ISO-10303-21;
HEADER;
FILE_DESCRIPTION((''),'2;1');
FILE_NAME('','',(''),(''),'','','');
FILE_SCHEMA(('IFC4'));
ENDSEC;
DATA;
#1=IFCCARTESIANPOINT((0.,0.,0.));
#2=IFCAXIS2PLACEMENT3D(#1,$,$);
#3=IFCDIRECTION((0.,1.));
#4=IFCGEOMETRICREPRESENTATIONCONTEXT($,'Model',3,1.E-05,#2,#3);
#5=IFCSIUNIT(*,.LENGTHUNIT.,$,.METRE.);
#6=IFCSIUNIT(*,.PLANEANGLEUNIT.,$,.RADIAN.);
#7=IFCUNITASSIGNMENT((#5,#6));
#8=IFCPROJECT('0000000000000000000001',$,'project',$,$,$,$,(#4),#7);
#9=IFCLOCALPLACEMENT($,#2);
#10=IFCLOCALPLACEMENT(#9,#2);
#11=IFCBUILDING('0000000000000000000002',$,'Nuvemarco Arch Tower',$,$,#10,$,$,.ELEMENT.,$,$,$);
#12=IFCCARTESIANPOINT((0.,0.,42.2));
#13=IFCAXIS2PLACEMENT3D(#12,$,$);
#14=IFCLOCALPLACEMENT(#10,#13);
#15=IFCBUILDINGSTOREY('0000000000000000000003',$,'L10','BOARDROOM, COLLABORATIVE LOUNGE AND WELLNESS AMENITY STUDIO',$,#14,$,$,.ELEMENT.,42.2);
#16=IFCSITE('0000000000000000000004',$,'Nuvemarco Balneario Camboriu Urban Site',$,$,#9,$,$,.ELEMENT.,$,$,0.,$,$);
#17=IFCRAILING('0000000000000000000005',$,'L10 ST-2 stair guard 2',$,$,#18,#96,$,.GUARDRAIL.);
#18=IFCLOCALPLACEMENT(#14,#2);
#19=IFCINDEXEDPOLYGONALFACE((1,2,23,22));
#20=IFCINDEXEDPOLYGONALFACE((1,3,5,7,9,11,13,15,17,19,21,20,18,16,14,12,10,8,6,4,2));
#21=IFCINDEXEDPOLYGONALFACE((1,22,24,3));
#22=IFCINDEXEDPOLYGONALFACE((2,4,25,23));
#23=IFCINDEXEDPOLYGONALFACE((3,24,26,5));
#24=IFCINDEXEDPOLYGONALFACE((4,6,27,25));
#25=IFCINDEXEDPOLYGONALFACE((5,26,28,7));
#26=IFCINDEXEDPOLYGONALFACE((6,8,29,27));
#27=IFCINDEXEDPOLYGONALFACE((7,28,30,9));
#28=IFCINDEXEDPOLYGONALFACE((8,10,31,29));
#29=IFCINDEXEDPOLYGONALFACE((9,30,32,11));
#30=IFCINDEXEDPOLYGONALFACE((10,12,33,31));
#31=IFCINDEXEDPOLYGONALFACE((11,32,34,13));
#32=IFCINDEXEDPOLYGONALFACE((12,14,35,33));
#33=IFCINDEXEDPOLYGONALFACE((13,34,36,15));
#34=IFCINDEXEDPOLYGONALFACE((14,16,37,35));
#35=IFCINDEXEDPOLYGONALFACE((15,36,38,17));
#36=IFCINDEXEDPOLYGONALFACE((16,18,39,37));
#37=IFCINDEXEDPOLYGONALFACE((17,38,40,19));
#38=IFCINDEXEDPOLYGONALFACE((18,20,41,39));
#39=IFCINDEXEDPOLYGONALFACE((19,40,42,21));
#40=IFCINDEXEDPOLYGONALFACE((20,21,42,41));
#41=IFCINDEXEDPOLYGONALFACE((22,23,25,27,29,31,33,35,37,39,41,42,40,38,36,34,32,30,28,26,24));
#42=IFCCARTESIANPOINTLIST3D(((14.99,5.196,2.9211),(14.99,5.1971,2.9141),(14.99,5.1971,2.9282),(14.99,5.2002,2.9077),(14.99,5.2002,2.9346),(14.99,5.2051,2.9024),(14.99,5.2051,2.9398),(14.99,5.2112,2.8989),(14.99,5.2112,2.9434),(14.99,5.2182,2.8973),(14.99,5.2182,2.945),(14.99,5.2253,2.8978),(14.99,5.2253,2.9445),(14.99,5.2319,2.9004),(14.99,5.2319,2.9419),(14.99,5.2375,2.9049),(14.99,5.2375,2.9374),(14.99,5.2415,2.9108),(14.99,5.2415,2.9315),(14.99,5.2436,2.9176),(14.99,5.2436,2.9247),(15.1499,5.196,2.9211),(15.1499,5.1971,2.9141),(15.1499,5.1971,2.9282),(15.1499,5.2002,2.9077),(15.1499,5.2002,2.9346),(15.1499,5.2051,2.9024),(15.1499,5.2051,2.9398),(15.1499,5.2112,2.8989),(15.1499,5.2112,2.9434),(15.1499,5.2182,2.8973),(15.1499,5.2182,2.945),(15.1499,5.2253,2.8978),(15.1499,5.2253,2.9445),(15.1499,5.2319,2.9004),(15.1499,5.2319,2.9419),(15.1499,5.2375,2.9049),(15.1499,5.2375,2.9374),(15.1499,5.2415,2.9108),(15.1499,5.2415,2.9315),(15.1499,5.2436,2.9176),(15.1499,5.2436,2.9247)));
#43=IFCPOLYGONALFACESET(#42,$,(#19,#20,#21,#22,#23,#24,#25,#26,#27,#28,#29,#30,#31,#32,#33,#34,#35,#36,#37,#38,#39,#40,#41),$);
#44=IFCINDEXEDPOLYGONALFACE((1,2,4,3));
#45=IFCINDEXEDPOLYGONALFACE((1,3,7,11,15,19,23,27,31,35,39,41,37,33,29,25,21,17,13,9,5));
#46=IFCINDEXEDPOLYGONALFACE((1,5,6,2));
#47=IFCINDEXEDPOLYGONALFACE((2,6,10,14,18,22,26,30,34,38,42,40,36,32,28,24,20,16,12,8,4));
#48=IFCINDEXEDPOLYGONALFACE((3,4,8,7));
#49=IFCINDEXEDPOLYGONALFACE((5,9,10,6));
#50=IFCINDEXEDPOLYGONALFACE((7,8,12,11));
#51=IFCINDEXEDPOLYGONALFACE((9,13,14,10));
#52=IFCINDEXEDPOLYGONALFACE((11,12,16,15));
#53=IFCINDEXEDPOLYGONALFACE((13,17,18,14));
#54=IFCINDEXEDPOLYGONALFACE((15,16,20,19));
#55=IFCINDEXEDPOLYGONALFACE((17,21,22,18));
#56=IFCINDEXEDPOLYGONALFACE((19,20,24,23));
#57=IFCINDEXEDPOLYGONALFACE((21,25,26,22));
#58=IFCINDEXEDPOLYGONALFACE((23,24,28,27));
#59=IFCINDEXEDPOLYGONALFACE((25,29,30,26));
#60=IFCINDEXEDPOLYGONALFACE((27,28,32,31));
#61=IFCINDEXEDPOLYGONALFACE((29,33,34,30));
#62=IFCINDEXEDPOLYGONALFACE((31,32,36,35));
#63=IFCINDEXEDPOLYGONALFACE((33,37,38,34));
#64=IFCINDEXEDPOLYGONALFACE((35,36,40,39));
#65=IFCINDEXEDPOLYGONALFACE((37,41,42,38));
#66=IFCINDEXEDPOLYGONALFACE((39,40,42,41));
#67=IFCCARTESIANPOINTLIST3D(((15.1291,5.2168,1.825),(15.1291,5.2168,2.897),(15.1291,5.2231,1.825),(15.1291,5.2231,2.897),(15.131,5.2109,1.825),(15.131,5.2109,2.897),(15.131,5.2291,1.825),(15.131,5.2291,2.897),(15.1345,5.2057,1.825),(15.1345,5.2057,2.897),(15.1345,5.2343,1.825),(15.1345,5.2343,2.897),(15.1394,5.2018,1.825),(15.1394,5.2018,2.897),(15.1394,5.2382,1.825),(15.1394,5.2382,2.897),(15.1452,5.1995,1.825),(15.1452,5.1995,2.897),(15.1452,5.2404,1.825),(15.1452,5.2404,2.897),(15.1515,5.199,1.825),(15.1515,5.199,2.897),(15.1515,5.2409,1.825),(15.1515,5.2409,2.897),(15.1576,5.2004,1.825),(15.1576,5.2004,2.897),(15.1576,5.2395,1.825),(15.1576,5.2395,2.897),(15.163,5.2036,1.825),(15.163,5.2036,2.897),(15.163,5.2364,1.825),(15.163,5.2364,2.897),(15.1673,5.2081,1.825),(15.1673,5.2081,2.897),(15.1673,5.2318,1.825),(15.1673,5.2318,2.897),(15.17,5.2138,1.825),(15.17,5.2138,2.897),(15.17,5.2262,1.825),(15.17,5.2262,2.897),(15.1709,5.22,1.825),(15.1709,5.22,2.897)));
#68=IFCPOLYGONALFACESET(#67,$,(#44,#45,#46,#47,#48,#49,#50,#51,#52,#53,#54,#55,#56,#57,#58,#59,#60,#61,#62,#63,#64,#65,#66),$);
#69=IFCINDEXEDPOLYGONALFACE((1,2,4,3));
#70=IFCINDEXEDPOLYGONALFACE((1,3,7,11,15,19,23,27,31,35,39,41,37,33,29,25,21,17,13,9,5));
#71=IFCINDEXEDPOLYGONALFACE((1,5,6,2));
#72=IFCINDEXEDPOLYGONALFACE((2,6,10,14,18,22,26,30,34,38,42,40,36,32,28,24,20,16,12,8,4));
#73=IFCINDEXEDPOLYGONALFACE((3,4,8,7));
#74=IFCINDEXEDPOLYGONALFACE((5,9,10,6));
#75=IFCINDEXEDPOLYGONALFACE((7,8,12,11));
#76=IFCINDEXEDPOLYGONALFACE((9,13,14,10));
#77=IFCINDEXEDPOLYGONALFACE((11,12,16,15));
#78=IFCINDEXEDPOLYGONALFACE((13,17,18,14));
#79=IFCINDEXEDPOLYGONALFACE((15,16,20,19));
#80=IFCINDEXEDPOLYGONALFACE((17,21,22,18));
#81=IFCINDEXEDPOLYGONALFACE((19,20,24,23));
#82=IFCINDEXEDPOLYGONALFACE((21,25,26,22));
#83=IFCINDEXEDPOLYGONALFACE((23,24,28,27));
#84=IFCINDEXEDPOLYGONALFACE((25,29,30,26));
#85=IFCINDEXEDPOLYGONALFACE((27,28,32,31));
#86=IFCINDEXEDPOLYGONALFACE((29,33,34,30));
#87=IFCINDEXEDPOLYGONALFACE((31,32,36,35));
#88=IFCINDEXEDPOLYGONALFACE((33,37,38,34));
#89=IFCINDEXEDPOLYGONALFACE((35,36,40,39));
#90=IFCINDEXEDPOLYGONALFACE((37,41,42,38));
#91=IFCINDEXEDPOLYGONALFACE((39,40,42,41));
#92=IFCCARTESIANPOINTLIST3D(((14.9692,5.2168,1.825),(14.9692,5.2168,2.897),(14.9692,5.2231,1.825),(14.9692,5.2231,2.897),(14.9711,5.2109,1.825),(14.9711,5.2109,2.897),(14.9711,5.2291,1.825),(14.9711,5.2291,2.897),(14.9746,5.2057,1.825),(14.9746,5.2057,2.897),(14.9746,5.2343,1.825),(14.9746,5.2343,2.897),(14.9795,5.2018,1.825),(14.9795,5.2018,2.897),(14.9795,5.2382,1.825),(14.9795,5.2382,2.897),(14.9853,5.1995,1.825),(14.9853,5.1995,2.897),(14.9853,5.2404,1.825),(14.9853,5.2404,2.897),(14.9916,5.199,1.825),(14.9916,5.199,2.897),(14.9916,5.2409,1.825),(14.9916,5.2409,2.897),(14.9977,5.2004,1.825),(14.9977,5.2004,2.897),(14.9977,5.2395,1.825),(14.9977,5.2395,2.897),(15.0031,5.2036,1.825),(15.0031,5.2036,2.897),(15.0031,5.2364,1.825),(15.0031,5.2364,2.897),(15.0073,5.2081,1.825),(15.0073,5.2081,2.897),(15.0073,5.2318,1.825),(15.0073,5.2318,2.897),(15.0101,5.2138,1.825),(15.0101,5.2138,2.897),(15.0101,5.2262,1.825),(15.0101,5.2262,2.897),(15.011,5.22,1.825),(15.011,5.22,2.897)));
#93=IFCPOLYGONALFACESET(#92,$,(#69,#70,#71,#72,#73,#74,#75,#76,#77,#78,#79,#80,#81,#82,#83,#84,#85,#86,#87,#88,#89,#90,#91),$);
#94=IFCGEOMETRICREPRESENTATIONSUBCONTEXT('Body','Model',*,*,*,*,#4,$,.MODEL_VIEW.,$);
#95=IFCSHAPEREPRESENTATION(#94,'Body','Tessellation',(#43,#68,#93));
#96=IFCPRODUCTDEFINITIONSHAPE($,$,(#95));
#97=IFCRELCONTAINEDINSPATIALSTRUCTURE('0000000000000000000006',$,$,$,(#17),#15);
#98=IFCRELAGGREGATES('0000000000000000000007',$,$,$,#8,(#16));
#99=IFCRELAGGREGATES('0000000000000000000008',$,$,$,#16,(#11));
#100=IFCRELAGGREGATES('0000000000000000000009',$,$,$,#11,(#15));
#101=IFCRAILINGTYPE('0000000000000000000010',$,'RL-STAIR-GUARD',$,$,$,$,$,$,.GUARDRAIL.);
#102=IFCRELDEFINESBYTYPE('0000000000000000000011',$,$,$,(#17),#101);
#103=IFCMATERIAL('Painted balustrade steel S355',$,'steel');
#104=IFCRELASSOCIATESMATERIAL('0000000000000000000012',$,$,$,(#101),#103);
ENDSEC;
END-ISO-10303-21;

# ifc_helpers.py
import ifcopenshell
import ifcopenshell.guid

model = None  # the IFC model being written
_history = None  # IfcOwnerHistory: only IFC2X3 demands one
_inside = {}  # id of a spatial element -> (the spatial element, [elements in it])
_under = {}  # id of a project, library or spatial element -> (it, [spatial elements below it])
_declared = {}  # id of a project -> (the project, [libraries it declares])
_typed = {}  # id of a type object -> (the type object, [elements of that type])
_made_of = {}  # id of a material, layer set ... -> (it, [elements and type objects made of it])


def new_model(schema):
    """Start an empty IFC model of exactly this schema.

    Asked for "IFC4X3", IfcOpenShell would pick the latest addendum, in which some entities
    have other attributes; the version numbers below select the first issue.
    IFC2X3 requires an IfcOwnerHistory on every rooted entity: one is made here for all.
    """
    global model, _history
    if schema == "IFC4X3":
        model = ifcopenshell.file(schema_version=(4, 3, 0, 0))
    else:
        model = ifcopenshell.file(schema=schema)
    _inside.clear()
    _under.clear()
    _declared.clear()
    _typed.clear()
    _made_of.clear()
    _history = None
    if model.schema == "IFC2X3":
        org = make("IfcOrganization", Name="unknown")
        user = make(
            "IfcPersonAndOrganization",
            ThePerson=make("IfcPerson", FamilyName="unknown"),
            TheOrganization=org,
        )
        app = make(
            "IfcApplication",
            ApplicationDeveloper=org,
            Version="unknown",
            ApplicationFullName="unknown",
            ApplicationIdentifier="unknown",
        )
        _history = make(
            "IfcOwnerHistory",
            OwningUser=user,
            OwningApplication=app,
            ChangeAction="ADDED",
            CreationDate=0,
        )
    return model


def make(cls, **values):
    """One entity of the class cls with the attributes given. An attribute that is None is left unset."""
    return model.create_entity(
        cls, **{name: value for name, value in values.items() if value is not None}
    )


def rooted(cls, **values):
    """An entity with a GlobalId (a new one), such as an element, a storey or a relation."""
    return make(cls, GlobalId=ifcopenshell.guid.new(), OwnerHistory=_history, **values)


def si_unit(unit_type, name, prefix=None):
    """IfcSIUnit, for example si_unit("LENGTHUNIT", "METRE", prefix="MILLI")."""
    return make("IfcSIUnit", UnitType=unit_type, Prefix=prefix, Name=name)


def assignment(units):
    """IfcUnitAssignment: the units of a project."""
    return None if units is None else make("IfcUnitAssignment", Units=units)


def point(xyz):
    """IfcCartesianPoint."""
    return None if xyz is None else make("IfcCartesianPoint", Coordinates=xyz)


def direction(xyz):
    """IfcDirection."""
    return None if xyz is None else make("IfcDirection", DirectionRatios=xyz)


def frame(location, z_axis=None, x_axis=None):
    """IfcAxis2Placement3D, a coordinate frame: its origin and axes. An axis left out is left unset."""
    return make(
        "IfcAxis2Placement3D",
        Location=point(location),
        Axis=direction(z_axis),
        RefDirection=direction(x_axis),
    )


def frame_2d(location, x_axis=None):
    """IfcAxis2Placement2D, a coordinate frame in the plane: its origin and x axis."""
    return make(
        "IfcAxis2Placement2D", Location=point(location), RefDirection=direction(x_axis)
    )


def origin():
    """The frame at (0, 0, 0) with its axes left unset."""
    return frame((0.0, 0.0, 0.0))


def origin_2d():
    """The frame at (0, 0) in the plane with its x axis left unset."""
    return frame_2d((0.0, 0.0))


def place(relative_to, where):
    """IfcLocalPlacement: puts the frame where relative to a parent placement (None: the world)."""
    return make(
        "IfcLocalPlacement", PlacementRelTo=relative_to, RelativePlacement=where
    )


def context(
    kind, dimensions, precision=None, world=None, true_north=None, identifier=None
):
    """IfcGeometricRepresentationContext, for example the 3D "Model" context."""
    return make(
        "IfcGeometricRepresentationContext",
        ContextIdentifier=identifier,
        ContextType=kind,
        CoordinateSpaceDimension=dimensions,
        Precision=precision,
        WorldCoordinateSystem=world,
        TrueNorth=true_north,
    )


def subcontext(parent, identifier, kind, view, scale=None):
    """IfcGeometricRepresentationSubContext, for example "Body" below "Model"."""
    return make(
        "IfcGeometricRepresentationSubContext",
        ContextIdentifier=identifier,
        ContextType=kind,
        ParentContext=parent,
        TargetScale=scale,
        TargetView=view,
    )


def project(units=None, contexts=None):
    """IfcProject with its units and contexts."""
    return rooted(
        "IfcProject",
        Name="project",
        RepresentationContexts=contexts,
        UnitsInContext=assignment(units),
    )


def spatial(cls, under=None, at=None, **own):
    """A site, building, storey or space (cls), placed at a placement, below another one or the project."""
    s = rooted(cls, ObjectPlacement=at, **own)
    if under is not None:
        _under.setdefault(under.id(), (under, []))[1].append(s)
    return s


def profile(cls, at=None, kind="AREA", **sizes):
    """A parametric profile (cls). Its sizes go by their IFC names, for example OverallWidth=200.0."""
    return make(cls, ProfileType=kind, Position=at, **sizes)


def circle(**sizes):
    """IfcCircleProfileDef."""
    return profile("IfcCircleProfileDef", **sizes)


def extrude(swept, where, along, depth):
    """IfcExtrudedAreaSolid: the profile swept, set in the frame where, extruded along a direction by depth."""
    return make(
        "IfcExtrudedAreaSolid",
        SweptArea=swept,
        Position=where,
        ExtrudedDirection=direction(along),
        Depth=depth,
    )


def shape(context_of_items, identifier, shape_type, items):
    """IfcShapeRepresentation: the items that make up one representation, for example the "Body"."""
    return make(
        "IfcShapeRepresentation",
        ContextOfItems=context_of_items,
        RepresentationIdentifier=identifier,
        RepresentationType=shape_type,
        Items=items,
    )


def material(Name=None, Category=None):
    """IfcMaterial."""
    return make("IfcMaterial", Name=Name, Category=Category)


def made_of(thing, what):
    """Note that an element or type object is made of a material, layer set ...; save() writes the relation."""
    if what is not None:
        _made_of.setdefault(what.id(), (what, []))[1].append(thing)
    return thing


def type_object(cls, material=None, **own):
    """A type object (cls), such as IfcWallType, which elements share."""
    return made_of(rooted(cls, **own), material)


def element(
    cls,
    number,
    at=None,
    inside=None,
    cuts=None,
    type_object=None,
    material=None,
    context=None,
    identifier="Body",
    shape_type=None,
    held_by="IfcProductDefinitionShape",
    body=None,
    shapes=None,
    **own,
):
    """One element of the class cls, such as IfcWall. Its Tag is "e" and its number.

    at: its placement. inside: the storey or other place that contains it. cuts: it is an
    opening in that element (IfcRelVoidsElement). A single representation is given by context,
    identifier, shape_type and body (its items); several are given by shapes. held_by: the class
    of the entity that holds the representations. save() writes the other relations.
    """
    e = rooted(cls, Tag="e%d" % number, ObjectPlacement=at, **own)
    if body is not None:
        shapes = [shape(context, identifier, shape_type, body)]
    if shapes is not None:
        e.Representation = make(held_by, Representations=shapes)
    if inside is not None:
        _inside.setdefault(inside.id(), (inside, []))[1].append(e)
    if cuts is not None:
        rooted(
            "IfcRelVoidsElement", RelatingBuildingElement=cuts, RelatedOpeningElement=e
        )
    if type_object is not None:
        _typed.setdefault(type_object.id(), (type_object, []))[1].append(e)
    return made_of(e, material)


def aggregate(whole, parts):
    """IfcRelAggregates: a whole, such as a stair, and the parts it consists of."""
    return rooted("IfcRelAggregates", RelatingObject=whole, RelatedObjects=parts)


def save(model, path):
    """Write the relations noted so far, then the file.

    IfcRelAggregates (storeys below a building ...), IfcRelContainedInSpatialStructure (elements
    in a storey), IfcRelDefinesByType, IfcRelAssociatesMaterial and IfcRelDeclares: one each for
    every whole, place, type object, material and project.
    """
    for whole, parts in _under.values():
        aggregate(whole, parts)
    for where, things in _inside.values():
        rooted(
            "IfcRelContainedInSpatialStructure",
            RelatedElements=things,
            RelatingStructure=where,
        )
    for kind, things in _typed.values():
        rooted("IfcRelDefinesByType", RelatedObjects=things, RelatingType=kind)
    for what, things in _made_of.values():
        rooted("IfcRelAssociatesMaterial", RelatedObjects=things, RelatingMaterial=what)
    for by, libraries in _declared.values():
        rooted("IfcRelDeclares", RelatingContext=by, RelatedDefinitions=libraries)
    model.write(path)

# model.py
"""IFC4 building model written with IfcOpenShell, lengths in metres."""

from ifc_helpers import new_model, si_unit, direction, frame, origin, origin_2d, place, context, subcontext, project, spatial, circle, extrude, material, type_object, element, save


model = new_model("IFC4")

# Units and contexts
model_context = context("Model", 3, precision=1e-05, world=origin(), true_north=direction((0.0, 1.0)))
body_context = subcontext(model_context, "Body", "Model", "MODEL_VIEW")
ifc_project = project(units=[si_unit("LENGTHUNIT", "METRE"), si_unit("PLANEANGLEUNIT", "RADIAN")], contexts=[model_context])

# Site, building, storey
site_placement = place(None, origin())
site = spatial("IfcSite", under=ifc_project, at=site_placement, Name="Nuvemarco Balneario Camboriu Urban Site", CompositionType="ELEMENT", RefElevation=0.0)
building_placement = place(site_placement, origin())
building = spatial("IfcBuilding", under=site, at=building_placement, Name="Nuvemarco Arch Tower", CompositionType="ELEMENT")
storey_placement = place(building_placement, frame((0.0, 0.0, 42.2)))
storey = spatial("IfcBuildingStorey", under=building, at=storey_placement, Name="L10", Description="BOARDROOM, COLLABORATIVE LOUNGE AND WELLNESS AMENITY STUDIO", CompositionType="ELEMENT", Elevation=42.2)

# Railing
ifc_material_1 = material(Name="Painted balustrade steel S355", Category="steel")
railing_type_1 = type_object("IfcRailingType", Name="RL-STAIR-GUARD", PredefinedType="GUARDRAIL", material=ifc_material_1)
railing_1_placement = place(storey_placement, frame((15.1499, 5.22, 1.825)))
element("IfcRailing", 1, at=railing_1_placement, inside=storey, type_object=railing_type_1, Name="L10 ST-2 stair guard 2", PredefinedType="GUARDRAIL", context=body_context, shape_type="SweptSolid", body=[
    extrude(circle(Radius=0.0239, at=origin_2d()), frame((0.0, 0.0, 1.0962), z_axis=(-1.0, 0.0, 0.0), x_axis=(0.0, -1.0, 0.0)), (0.0, 0.0, 1.0), 0.1599),
    extrude(circle(Radius=0.021, at=origin_2d()), origin(), (0.0, 0.0, 1.0), 1.072),
    extrude(circle(Radius=0.021, at=origin_2d()), frame((-0.1599, 0.0, 0.0)), (0.0, 0.0, 1.0), 1.072),
])

save(model, "model.ifc")
